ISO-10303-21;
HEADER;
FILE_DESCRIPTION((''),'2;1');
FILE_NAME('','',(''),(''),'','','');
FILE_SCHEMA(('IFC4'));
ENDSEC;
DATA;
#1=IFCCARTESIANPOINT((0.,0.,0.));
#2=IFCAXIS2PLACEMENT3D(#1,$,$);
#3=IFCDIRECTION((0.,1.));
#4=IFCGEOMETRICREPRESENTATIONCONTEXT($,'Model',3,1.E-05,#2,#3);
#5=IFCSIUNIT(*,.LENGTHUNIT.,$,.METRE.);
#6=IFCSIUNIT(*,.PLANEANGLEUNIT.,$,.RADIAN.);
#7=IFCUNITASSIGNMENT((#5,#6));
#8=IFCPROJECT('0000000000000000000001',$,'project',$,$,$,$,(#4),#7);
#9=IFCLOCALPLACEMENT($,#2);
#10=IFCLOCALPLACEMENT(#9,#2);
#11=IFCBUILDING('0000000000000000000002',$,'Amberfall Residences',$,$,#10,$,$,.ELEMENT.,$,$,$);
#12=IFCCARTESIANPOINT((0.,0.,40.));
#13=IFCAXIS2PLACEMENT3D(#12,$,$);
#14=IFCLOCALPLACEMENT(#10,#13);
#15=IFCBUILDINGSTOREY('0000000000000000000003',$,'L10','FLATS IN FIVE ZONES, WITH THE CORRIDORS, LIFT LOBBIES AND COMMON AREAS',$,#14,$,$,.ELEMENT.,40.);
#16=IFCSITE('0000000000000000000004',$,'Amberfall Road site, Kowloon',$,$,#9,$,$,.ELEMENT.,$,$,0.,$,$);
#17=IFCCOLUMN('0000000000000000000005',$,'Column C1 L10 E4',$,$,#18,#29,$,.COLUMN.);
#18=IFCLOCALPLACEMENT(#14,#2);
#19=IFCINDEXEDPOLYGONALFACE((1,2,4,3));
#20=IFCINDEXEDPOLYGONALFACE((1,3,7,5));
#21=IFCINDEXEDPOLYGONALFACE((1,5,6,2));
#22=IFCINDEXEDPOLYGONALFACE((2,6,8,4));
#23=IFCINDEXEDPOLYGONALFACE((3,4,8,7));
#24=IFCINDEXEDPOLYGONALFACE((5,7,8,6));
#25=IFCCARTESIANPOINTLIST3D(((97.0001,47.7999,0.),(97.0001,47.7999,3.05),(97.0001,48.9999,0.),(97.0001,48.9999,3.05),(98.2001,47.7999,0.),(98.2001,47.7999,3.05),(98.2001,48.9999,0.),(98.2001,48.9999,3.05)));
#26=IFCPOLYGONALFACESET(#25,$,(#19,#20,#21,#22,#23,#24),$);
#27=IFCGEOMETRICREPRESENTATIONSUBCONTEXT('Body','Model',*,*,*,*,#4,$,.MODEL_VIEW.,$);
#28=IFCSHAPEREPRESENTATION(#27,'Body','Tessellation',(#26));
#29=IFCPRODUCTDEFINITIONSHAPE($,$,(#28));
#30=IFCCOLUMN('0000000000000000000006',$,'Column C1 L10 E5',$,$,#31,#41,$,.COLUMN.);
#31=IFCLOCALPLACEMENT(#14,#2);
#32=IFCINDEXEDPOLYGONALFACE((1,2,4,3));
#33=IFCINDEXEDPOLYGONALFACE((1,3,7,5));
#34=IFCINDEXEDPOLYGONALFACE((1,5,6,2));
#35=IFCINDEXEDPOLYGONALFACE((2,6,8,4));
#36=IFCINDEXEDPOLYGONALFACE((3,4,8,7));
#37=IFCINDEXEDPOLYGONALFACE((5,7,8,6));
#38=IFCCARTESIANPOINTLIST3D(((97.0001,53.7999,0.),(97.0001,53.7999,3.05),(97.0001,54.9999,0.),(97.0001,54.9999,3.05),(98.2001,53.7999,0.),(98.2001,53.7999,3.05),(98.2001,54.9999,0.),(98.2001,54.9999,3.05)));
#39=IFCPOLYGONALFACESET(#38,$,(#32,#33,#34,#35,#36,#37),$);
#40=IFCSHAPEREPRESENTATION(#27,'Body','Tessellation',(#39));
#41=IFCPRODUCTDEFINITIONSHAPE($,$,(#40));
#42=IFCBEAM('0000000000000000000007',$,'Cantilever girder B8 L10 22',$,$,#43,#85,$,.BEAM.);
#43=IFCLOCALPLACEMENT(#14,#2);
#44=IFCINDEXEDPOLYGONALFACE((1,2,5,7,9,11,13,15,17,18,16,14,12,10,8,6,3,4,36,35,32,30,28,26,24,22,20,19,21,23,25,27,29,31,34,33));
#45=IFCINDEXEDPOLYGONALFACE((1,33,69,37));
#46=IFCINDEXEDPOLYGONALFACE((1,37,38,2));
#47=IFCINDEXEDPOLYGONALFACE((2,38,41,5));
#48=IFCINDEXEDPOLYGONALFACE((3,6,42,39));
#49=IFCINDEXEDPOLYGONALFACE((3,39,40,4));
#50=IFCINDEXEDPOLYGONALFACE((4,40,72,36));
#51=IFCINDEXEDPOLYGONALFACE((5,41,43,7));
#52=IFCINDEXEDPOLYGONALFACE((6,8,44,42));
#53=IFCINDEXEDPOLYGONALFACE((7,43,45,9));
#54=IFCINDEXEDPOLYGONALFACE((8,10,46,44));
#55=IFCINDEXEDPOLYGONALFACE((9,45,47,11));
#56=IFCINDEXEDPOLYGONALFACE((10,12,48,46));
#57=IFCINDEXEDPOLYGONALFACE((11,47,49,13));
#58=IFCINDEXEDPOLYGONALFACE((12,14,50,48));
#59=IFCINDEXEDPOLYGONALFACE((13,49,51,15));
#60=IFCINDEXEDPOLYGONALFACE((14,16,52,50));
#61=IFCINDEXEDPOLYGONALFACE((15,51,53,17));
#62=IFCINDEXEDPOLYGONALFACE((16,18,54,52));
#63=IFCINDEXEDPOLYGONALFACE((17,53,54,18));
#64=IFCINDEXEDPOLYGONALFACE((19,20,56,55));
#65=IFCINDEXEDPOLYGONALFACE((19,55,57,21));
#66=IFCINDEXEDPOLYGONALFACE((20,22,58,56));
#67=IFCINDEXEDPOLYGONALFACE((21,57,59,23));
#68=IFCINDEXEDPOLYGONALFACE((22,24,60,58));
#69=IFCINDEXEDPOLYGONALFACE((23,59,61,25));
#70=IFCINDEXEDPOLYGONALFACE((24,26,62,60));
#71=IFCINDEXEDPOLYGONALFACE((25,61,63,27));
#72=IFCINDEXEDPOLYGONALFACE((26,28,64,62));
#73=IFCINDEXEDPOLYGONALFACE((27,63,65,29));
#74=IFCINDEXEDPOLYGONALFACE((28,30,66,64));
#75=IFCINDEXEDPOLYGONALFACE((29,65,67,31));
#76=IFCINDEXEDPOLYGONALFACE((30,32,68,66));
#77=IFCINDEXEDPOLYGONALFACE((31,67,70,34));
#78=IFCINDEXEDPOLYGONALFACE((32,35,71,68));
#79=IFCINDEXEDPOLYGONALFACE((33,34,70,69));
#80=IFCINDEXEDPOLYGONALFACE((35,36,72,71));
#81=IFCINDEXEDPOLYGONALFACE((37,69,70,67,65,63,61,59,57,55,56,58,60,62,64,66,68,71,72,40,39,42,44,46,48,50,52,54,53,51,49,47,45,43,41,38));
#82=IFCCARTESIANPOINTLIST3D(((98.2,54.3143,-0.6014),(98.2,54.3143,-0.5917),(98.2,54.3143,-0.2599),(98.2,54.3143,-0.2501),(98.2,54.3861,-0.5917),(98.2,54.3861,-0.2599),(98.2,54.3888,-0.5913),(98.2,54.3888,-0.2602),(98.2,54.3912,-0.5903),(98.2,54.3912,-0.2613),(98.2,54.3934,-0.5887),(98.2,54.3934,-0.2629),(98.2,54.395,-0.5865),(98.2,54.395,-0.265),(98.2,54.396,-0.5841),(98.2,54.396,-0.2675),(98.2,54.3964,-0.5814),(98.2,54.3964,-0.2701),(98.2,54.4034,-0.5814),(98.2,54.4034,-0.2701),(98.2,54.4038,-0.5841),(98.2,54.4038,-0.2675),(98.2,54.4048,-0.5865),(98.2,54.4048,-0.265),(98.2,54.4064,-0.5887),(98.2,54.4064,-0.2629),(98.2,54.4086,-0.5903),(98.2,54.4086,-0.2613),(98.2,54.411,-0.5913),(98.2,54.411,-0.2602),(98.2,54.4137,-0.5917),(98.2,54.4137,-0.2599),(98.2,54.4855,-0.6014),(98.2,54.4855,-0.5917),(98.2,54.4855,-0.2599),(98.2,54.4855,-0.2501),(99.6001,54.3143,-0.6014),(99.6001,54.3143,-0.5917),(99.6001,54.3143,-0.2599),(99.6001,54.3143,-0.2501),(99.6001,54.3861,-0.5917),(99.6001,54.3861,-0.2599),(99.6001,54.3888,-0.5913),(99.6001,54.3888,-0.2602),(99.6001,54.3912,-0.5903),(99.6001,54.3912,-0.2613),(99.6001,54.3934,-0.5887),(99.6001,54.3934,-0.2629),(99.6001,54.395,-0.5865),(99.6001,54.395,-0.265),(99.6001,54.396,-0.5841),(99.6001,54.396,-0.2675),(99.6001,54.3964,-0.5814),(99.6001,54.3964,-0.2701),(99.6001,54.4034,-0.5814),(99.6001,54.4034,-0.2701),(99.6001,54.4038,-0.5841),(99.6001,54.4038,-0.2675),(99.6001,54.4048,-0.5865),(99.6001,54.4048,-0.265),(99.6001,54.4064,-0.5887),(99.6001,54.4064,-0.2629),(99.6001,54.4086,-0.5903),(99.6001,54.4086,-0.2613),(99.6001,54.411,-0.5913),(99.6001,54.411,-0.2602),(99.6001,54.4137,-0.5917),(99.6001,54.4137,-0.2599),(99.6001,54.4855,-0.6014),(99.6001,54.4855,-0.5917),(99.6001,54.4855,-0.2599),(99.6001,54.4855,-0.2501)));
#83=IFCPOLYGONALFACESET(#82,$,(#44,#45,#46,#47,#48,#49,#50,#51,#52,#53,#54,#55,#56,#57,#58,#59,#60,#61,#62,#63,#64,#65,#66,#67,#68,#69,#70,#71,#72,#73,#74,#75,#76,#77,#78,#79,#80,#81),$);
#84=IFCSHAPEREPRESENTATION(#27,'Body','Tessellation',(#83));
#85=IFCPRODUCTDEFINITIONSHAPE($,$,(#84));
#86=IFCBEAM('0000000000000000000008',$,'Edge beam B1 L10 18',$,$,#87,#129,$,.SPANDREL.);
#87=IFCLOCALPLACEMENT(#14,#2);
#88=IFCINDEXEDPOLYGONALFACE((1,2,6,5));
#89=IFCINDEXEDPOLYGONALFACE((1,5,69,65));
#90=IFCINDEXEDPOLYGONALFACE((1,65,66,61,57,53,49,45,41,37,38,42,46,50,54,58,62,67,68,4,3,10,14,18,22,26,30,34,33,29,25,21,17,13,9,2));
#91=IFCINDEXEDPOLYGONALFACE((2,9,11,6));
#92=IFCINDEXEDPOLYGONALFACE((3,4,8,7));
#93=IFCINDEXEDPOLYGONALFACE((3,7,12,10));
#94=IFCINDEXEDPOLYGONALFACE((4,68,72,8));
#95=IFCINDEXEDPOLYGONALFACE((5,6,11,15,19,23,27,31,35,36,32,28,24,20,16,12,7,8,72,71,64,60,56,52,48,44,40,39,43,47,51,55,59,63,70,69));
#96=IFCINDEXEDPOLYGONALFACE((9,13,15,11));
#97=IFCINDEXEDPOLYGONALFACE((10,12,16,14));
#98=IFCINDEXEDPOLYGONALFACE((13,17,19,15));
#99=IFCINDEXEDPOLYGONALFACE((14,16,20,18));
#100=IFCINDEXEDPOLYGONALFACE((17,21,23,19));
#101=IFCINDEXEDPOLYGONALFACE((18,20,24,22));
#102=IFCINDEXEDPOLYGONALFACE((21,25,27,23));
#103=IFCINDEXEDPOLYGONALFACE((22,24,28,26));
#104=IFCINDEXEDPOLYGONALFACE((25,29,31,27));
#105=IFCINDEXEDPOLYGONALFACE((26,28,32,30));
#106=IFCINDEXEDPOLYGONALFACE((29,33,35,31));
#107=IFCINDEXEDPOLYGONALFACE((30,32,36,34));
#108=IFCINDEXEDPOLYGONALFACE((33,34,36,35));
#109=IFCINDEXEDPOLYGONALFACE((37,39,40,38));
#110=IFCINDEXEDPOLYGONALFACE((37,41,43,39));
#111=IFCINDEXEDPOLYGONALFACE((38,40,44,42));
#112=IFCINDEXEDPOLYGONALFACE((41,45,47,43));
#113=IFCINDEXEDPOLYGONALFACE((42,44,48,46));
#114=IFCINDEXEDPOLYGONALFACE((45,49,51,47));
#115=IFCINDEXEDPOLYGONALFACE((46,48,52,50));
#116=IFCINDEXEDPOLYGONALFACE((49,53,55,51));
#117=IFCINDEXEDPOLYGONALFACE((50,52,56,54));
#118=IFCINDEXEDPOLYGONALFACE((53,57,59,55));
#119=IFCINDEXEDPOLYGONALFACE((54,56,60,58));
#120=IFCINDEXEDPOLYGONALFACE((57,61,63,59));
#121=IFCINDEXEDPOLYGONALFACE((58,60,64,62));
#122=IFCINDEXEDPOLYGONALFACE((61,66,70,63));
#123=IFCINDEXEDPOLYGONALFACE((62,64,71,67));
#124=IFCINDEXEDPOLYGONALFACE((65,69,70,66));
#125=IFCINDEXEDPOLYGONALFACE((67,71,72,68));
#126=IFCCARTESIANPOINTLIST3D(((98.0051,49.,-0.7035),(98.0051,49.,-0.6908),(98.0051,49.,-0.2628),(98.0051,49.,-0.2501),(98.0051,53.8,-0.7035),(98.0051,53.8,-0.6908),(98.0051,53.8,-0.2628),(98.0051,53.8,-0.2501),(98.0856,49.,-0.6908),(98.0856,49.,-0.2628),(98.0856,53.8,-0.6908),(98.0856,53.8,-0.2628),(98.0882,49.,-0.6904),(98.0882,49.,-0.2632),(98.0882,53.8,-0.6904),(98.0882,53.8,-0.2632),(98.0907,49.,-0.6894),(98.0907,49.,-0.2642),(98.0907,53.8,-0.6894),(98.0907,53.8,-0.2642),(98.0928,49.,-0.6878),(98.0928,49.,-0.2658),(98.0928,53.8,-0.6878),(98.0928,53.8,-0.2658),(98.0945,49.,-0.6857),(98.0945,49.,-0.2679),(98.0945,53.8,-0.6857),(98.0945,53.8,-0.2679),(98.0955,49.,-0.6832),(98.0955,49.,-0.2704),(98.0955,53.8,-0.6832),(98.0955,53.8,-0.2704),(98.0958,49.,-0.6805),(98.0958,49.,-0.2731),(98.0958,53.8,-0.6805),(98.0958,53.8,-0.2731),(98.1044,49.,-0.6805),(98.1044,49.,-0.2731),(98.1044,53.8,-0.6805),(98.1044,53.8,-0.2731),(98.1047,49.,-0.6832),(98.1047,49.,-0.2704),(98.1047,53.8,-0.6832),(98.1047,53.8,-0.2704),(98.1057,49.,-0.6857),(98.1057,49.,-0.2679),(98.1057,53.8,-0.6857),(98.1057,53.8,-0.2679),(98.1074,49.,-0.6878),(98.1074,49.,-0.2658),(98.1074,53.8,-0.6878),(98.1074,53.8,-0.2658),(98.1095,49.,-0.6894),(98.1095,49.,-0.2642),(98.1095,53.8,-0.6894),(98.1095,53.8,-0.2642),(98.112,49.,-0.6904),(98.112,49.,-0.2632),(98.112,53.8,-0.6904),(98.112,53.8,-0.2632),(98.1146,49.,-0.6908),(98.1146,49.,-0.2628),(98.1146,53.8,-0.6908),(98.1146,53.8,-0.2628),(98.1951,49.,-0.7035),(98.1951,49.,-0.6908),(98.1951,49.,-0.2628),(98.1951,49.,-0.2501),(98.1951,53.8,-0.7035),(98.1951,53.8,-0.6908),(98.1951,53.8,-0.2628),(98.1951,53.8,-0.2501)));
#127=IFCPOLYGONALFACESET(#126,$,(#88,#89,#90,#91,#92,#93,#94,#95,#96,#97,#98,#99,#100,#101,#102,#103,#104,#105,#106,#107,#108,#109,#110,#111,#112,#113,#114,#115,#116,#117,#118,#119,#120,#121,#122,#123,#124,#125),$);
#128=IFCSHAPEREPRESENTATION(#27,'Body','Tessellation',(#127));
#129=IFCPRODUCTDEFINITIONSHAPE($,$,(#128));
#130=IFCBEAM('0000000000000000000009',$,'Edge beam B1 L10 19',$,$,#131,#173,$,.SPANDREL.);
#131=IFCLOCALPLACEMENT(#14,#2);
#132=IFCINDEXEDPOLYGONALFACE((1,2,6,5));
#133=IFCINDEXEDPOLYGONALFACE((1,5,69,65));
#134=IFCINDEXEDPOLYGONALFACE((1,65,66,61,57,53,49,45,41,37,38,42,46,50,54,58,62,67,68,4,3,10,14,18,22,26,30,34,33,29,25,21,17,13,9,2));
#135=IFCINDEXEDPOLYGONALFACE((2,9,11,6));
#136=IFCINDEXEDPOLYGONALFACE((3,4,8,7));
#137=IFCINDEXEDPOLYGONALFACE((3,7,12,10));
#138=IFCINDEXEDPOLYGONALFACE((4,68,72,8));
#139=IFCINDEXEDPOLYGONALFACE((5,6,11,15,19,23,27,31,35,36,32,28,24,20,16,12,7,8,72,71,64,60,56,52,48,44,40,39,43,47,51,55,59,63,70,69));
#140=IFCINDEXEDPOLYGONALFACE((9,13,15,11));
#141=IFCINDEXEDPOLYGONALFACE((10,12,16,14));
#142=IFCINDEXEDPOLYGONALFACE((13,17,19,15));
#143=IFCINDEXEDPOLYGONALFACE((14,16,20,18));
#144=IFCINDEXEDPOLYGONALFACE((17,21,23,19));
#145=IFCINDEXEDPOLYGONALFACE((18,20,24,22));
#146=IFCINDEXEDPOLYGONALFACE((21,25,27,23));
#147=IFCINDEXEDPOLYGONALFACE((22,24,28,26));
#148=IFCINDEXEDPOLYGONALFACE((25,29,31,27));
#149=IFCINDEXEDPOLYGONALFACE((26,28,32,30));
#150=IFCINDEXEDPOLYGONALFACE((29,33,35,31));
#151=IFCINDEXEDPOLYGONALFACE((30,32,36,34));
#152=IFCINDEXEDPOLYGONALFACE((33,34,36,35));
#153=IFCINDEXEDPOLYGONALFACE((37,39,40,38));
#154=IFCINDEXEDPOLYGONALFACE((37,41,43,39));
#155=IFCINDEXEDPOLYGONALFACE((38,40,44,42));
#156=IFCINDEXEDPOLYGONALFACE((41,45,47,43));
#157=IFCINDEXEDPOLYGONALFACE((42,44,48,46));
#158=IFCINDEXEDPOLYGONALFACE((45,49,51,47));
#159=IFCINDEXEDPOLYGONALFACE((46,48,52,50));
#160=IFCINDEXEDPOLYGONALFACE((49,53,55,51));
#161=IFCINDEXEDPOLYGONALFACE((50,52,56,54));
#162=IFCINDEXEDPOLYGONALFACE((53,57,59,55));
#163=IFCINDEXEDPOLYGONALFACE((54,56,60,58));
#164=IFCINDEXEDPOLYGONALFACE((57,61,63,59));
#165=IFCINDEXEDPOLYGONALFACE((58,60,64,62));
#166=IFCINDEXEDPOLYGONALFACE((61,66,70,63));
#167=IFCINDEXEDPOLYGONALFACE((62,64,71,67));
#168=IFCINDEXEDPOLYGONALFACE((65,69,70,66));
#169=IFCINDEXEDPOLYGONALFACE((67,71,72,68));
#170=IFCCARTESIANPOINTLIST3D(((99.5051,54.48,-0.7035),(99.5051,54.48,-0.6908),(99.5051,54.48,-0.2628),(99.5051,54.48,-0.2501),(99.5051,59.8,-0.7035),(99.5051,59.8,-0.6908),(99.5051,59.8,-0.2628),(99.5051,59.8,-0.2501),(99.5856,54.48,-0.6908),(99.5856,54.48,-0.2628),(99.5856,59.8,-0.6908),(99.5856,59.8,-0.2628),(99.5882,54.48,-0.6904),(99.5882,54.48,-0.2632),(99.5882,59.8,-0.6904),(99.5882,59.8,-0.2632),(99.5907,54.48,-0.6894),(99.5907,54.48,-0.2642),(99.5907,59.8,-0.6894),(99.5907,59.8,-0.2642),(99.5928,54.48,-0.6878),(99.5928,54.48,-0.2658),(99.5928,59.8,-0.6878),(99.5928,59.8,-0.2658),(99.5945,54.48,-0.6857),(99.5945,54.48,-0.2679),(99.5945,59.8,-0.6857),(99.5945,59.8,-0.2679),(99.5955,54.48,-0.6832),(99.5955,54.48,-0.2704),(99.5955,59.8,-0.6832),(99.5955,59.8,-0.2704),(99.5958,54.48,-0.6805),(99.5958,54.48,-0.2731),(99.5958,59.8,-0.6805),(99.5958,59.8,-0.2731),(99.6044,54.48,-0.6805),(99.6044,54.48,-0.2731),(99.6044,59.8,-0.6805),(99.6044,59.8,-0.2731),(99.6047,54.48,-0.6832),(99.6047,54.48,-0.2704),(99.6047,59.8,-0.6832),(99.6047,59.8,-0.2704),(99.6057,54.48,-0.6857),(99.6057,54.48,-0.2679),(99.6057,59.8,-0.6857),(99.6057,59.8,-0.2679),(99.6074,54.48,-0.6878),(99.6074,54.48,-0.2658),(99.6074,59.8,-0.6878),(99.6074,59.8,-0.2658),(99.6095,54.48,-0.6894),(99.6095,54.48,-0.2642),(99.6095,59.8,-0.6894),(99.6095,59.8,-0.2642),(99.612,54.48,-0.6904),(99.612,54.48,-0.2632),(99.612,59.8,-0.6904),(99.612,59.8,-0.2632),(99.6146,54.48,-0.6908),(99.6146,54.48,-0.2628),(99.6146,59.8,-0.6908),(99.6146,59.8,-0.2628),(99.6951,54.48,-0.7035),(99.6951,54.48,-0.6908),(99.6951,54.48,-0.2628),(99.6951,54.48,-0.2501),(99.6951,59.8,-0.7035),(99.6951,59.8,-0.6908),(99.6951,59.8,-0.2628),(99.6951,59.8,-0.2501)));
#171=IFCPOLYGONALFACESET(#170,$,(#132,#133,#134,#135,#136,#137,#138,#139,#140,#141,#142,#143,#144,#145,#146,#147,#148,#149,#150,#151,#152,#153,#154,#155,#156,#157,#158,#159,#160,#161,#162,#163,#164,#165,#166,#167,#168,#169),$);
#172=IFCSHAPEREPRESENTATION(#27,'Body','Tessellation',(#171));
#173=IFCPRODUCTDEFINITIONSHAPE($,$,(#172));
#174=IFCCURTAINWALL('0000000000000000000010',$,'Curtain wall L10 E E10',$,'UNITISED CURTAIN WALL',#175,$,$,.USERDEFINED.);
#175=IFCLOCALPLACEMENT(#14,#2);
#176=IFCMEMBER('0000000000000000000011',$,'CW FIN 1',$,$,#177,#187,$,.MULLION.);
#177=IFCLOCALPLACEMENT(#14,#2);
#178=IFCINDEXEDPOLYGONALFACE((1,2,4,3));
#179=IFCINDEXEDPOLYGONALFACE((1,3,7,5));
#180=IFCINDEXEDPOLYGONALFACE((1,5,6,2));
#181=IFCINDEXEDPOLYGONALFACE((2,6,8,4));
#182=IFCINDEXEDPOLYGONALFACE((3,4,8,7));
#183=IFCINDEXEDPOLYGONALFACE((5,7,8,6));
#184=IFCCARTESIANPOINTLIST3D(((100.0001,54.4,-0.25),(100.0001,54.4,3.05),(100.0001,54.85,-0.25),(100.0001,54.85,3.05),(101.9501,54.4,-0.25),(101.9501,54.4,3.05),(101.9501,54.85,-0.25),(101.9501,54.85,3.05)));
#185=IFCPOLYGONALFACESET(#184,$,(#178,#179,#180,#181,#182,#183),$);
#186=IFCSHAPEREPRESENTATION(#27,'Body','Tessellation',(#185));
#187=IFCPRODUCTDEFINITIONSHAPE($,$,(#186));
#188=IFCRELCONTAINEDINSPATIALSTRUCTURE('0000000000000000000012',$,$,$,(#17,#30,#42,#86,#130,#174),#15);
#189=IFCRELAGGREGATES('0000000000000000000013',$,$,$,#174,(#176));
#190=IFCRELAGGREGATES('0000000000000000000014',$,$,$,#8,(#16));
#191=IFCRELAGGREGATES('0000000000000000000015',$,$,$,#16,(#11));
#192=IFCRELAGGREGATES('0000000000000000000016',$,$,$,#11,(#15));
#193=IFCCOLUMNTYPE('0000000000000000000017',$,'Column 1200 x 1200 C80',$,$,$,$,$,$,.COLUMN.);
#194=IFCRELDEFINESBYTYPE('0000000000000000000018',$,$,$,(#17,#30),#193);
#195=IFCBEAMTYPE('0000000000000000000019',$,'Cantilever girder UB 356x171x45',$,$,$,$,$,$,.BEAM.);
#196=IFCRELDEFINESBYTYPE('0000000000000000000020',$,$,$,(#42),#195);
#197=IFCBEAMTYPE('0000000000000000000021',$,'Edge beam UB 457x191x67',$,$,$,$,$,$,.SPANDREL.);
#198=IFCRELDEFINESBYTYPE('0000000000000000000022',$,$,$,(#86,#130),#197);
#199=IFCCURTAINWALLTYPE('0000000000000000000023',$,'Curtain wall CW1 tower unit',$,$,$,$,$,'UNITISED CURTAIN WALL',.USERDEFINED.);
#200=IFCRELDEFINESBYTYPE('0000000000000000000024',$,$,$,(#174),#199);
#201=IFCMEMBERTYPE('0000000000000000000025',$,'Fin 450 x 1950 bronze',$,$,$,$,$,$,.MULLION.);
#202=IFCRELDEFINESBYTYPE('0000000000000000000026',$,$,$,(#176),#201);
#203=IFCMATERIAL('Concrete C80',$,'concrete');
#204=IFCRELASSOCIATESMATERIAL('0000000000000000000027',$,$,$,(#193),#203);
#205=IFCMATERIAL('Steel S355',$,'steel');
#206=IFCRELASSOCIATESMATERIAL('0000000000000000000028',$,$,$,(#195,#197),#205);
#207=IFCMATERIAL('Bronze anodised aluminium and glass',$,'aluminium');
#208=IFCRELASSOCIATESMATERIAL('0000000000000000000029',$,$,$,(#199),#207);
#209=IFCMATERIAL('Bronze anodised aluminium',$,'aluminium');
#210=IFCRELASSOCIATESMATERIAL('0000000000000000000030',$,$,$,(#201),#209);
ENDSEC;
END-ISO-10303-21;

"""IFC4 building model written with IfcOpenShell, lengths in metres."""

from ifc_helpers import new_model, si_unit, direction, frame, origin, origin_2d, place, context, subcontext, project, spatial, rectangle, i_section, extrude, material, material_profile, profile_set, type_object, element, aggregate, save


model = new_model("IFC4")

# Units and contexts
model_context = context("Model", 3, precision=1e-05, world=origin(), true_north=direction((0.0, 1.0)))
body_context = subcontext(model_context, "Body", "Model", "MODEL_VIEW")
ifc_project = project(units=[si_unit("LENGTHUNIT", "METRE"), si_unit("PLANEANGLEUNIT", "RADIAN")], contexts=[model_context])

# Site, building, storey
site_placement = place(None, origin())
site = spatial("IfcSite", under=ifc_project, at=site_placement, Name="Amberfall Road site, Kowloon", CompositionType="ELEMENT", RefElevation=0.0)
building_placement = place(site_placement, origin())
building = spatial("IfcBuilding", under=site, at=building_placement, Name="Amberfall Residences", CompositionType="ELEMENT")
storey_placement = place(building_placement, frame((0.0, 0.0, 40.0)))
storey = spatial("IfcBuildingStorey", under=building, at=storey_placement, Name="L10", Description="FLATS IN FIVE ZONES, WITH THE CORRIDORS, LIFT LOBBIES AND COMMON AREAS", CompositionType="ELEMENT", Elevation=40.0)

# Columns
ifc_material_1 = material(Name="Concrete C80", Category="concrete")
ifc_material_profile_1 = material_profile(ifc_material_1, rectangle(XDim=1.2, YDim=1.2, at=origin_2d()), Name="Column 1200 x 1200 C80")
ifc_profile_set_1 = profile_set([ifc_material_profile_1], Name="Concrete C80")
column_type = type_object("IfcColumnType", Name="Column 1200 x 1200 C80", PredefinedType="COLUMN", material=ifc_profile_set_1)
for number, where, z_axis, x_axis, name in (
    (1, (97.6001, 48.3999, 0.0), (0.0, 0.0, 1.0), (1.0, 0.0, 0.0), "Column C1 L10 E4"),
    (2, (97.6001, 54.3999, 0.0), (0.0, 0.0, 1.0), (1.0, 0.0, 0.0), "Column C1 L10 E5"),
):
    element("IfcColumn", number, at=place(storey_placement, frame(where, z_axis=z_axis, x_axis=x_axis)), inside=storey, type_object=column_type, Name=name, PredefinedType="COLUMN", context=body_context, shape_type="SweptSolid", body=[
        extrude(rectangle(XDim=1.2, YDim=1.2, at=origin_2d()), origin(), (0.0, 0.0, 1.0), 3.05),
    ])

# Beams
ifc_material_2 = material(Name="Steel S355", Category="steel")
ifc_material_profile_2 = material_profile(ifc_material_2, i_section(OverallWidth=0.1711, OverallDepth=0.3513, WebThickness=0.0071, FlangeThickness=0.0098, FilletRadius=0.0103, at=origin_2d()), Name="UB 356x171x45")
ifc_profile_set_2 = profile_set([ifc_material_profile_2], Name="Steel S355")
beam_type_1 = type_object("IfcBeamType", Name="Cantilever girder UB 356x171x45", PredefinedType="BEAM", material=ifc_profile_set_2)
beam_1_placement = place(storey_placement, frame((98.2, 54.3999, -0.4258), z_axis=(1.0, 0.0, 0.0), x_axis=(0.0, 1.0, 0.0)))
element("IfcBeam", 3, at=beam_1_placement, inside=storey, type_object=beam_type_1, Name="Cantilever girder B8 L10 22", PredefinedType="BEAM", context=body_context, shape_type="SweptSolid", body=[
    extrude(i_section(OverallWidth=0.1711, OverallDepth=0.3513, WebThickness=0.0071, FlangeThickness=0.0098, FilletRadius=0.0103, at=origin_2d()), origin(), (0.0, 0.0, 1.0), 1.4001),
])
ifc_material_profile_3 = material_profile(ifc_material_2, i_section(OverallWidth=0.1899, OverallDepth=0.4534, WebThickness=0.0085, FlangeThickness=0.0127, FilletRadius=0.0103, at=origin_2d()), Name="UB 457x191x67")
ifc_profile_set_3 = profile_set([ifc_material_profile_3], Name="Steel S355")
beam_type_2 = type_object("IfcBeamType", Name="Edge beam UB 457x191x67", PredefinedType="SPANDREL", material=ifc_profile_set_3)
beam_2_placement = place(storey_placement, frame((98.1001, 49.0, -0.4768), z_axis=(0.0, 1.0, 0.0), x_axis=(-1.0, 0.0, 0.0)))
element("IfcBeam", 4, at=beam_2_placement, inside=storey, type_object=beam_type_2, Name="Edge beam B1 L10 18", PredefinedType="SPANDREL", context=body_context, shape_type="SweptSolid", body=[
    extrude(i_section(OverallWidth=0.1899, OverallDepth=0.4534, WebThickness=0.0085, FlangeThickness=0.0127, FilletRadius=0.0103, at=origin_2d()), origin(), (0.0, 0.0, 1.0), 4.8),
])
beam_3_placement = place(storey_placement, frame((99.6001, 54.48, -0.4768), z_axis=(0.0, 1.0, 0.0), x_axis=(-1.0, 0.0, 0.0)))
element("IfcBeam", 5, at=beam_3_placement, inside=storey, type_object=beam_type_2, Name="Edge beam B1 L10 19", PredefinedType="SPANDREL", context=body_context, shape_type="SweptSolid", body=[
    extrude(i_section(OverallWidth=0.1899, OverallDepth=0.4534, WebThickness=0.0085, FlangeThickness=0.0127, FilletRadius=0.0103, at=origin_2d()), origin(), (0.0, 0.0, 1.0), 5.3201),
])

# Curtain wall, member
ifc_material_3 = material(Name="Bronze anodised aluminium and glass", Category="aluminium")
curtain_wall_type = type_object("IfcCurtainWallType", Name="Curtain wall CW1 tower unit", ElementType="UNITISED CURTAIN WALL", PredefinedType="USERDEFINED", material=ifc_material_3)
curtain_wall_placement = place(storey_placement, origin())
curtain_wall = element("IfcCurtainWall", 6, at=curtain_wall_placement, inside=storey, type_object=curtain_wall_type, Name="Curtain wall L10 E E10", ObjectType="UNITISED CURTAIN WALL", PredefinedType="USERDEFINED")
ifc_material_4 = material(Name="Bronze anodised aluminium", Category="aluminium")
ifc_material_profile_4 = material_profile(ifc_material_4, rectangle(XDim=1.95, YDim=0.45, at=origin_2d()), Name="Fin 450 x 1950 bronze")
ifc_profile_set_4 = profile_set([ifc_material_profile_4], Name="Bronze anodised aluminium")
member_type = type_object("IfcMemberType", Name="Fin 450 x 1950 bronze", PredefinedType="MULLION", material=ifc_profile_set_4)
member_placement = place(storey_placement, frame((100.9751, 54.625, -0.25), z_axis=(0.0, 0.0, 1.0), x_axis=(-1.0, 0.0, 0.0)))
member = element("IfcMember", 7, at=member_placement, type_object=member_type, Name="CW FIN 1", PredefinedType="MULLION", context=body_context, shape_type="SweptSolid", body=[
    extrude(rectangle(XDim=1.95, YDim=0.45, at=origin_2d()), origin(), (0.0, 0.0, 1.0), 3.3),
])
aggregate(curtain_wall, [member])

save(model, "model.ifc")
